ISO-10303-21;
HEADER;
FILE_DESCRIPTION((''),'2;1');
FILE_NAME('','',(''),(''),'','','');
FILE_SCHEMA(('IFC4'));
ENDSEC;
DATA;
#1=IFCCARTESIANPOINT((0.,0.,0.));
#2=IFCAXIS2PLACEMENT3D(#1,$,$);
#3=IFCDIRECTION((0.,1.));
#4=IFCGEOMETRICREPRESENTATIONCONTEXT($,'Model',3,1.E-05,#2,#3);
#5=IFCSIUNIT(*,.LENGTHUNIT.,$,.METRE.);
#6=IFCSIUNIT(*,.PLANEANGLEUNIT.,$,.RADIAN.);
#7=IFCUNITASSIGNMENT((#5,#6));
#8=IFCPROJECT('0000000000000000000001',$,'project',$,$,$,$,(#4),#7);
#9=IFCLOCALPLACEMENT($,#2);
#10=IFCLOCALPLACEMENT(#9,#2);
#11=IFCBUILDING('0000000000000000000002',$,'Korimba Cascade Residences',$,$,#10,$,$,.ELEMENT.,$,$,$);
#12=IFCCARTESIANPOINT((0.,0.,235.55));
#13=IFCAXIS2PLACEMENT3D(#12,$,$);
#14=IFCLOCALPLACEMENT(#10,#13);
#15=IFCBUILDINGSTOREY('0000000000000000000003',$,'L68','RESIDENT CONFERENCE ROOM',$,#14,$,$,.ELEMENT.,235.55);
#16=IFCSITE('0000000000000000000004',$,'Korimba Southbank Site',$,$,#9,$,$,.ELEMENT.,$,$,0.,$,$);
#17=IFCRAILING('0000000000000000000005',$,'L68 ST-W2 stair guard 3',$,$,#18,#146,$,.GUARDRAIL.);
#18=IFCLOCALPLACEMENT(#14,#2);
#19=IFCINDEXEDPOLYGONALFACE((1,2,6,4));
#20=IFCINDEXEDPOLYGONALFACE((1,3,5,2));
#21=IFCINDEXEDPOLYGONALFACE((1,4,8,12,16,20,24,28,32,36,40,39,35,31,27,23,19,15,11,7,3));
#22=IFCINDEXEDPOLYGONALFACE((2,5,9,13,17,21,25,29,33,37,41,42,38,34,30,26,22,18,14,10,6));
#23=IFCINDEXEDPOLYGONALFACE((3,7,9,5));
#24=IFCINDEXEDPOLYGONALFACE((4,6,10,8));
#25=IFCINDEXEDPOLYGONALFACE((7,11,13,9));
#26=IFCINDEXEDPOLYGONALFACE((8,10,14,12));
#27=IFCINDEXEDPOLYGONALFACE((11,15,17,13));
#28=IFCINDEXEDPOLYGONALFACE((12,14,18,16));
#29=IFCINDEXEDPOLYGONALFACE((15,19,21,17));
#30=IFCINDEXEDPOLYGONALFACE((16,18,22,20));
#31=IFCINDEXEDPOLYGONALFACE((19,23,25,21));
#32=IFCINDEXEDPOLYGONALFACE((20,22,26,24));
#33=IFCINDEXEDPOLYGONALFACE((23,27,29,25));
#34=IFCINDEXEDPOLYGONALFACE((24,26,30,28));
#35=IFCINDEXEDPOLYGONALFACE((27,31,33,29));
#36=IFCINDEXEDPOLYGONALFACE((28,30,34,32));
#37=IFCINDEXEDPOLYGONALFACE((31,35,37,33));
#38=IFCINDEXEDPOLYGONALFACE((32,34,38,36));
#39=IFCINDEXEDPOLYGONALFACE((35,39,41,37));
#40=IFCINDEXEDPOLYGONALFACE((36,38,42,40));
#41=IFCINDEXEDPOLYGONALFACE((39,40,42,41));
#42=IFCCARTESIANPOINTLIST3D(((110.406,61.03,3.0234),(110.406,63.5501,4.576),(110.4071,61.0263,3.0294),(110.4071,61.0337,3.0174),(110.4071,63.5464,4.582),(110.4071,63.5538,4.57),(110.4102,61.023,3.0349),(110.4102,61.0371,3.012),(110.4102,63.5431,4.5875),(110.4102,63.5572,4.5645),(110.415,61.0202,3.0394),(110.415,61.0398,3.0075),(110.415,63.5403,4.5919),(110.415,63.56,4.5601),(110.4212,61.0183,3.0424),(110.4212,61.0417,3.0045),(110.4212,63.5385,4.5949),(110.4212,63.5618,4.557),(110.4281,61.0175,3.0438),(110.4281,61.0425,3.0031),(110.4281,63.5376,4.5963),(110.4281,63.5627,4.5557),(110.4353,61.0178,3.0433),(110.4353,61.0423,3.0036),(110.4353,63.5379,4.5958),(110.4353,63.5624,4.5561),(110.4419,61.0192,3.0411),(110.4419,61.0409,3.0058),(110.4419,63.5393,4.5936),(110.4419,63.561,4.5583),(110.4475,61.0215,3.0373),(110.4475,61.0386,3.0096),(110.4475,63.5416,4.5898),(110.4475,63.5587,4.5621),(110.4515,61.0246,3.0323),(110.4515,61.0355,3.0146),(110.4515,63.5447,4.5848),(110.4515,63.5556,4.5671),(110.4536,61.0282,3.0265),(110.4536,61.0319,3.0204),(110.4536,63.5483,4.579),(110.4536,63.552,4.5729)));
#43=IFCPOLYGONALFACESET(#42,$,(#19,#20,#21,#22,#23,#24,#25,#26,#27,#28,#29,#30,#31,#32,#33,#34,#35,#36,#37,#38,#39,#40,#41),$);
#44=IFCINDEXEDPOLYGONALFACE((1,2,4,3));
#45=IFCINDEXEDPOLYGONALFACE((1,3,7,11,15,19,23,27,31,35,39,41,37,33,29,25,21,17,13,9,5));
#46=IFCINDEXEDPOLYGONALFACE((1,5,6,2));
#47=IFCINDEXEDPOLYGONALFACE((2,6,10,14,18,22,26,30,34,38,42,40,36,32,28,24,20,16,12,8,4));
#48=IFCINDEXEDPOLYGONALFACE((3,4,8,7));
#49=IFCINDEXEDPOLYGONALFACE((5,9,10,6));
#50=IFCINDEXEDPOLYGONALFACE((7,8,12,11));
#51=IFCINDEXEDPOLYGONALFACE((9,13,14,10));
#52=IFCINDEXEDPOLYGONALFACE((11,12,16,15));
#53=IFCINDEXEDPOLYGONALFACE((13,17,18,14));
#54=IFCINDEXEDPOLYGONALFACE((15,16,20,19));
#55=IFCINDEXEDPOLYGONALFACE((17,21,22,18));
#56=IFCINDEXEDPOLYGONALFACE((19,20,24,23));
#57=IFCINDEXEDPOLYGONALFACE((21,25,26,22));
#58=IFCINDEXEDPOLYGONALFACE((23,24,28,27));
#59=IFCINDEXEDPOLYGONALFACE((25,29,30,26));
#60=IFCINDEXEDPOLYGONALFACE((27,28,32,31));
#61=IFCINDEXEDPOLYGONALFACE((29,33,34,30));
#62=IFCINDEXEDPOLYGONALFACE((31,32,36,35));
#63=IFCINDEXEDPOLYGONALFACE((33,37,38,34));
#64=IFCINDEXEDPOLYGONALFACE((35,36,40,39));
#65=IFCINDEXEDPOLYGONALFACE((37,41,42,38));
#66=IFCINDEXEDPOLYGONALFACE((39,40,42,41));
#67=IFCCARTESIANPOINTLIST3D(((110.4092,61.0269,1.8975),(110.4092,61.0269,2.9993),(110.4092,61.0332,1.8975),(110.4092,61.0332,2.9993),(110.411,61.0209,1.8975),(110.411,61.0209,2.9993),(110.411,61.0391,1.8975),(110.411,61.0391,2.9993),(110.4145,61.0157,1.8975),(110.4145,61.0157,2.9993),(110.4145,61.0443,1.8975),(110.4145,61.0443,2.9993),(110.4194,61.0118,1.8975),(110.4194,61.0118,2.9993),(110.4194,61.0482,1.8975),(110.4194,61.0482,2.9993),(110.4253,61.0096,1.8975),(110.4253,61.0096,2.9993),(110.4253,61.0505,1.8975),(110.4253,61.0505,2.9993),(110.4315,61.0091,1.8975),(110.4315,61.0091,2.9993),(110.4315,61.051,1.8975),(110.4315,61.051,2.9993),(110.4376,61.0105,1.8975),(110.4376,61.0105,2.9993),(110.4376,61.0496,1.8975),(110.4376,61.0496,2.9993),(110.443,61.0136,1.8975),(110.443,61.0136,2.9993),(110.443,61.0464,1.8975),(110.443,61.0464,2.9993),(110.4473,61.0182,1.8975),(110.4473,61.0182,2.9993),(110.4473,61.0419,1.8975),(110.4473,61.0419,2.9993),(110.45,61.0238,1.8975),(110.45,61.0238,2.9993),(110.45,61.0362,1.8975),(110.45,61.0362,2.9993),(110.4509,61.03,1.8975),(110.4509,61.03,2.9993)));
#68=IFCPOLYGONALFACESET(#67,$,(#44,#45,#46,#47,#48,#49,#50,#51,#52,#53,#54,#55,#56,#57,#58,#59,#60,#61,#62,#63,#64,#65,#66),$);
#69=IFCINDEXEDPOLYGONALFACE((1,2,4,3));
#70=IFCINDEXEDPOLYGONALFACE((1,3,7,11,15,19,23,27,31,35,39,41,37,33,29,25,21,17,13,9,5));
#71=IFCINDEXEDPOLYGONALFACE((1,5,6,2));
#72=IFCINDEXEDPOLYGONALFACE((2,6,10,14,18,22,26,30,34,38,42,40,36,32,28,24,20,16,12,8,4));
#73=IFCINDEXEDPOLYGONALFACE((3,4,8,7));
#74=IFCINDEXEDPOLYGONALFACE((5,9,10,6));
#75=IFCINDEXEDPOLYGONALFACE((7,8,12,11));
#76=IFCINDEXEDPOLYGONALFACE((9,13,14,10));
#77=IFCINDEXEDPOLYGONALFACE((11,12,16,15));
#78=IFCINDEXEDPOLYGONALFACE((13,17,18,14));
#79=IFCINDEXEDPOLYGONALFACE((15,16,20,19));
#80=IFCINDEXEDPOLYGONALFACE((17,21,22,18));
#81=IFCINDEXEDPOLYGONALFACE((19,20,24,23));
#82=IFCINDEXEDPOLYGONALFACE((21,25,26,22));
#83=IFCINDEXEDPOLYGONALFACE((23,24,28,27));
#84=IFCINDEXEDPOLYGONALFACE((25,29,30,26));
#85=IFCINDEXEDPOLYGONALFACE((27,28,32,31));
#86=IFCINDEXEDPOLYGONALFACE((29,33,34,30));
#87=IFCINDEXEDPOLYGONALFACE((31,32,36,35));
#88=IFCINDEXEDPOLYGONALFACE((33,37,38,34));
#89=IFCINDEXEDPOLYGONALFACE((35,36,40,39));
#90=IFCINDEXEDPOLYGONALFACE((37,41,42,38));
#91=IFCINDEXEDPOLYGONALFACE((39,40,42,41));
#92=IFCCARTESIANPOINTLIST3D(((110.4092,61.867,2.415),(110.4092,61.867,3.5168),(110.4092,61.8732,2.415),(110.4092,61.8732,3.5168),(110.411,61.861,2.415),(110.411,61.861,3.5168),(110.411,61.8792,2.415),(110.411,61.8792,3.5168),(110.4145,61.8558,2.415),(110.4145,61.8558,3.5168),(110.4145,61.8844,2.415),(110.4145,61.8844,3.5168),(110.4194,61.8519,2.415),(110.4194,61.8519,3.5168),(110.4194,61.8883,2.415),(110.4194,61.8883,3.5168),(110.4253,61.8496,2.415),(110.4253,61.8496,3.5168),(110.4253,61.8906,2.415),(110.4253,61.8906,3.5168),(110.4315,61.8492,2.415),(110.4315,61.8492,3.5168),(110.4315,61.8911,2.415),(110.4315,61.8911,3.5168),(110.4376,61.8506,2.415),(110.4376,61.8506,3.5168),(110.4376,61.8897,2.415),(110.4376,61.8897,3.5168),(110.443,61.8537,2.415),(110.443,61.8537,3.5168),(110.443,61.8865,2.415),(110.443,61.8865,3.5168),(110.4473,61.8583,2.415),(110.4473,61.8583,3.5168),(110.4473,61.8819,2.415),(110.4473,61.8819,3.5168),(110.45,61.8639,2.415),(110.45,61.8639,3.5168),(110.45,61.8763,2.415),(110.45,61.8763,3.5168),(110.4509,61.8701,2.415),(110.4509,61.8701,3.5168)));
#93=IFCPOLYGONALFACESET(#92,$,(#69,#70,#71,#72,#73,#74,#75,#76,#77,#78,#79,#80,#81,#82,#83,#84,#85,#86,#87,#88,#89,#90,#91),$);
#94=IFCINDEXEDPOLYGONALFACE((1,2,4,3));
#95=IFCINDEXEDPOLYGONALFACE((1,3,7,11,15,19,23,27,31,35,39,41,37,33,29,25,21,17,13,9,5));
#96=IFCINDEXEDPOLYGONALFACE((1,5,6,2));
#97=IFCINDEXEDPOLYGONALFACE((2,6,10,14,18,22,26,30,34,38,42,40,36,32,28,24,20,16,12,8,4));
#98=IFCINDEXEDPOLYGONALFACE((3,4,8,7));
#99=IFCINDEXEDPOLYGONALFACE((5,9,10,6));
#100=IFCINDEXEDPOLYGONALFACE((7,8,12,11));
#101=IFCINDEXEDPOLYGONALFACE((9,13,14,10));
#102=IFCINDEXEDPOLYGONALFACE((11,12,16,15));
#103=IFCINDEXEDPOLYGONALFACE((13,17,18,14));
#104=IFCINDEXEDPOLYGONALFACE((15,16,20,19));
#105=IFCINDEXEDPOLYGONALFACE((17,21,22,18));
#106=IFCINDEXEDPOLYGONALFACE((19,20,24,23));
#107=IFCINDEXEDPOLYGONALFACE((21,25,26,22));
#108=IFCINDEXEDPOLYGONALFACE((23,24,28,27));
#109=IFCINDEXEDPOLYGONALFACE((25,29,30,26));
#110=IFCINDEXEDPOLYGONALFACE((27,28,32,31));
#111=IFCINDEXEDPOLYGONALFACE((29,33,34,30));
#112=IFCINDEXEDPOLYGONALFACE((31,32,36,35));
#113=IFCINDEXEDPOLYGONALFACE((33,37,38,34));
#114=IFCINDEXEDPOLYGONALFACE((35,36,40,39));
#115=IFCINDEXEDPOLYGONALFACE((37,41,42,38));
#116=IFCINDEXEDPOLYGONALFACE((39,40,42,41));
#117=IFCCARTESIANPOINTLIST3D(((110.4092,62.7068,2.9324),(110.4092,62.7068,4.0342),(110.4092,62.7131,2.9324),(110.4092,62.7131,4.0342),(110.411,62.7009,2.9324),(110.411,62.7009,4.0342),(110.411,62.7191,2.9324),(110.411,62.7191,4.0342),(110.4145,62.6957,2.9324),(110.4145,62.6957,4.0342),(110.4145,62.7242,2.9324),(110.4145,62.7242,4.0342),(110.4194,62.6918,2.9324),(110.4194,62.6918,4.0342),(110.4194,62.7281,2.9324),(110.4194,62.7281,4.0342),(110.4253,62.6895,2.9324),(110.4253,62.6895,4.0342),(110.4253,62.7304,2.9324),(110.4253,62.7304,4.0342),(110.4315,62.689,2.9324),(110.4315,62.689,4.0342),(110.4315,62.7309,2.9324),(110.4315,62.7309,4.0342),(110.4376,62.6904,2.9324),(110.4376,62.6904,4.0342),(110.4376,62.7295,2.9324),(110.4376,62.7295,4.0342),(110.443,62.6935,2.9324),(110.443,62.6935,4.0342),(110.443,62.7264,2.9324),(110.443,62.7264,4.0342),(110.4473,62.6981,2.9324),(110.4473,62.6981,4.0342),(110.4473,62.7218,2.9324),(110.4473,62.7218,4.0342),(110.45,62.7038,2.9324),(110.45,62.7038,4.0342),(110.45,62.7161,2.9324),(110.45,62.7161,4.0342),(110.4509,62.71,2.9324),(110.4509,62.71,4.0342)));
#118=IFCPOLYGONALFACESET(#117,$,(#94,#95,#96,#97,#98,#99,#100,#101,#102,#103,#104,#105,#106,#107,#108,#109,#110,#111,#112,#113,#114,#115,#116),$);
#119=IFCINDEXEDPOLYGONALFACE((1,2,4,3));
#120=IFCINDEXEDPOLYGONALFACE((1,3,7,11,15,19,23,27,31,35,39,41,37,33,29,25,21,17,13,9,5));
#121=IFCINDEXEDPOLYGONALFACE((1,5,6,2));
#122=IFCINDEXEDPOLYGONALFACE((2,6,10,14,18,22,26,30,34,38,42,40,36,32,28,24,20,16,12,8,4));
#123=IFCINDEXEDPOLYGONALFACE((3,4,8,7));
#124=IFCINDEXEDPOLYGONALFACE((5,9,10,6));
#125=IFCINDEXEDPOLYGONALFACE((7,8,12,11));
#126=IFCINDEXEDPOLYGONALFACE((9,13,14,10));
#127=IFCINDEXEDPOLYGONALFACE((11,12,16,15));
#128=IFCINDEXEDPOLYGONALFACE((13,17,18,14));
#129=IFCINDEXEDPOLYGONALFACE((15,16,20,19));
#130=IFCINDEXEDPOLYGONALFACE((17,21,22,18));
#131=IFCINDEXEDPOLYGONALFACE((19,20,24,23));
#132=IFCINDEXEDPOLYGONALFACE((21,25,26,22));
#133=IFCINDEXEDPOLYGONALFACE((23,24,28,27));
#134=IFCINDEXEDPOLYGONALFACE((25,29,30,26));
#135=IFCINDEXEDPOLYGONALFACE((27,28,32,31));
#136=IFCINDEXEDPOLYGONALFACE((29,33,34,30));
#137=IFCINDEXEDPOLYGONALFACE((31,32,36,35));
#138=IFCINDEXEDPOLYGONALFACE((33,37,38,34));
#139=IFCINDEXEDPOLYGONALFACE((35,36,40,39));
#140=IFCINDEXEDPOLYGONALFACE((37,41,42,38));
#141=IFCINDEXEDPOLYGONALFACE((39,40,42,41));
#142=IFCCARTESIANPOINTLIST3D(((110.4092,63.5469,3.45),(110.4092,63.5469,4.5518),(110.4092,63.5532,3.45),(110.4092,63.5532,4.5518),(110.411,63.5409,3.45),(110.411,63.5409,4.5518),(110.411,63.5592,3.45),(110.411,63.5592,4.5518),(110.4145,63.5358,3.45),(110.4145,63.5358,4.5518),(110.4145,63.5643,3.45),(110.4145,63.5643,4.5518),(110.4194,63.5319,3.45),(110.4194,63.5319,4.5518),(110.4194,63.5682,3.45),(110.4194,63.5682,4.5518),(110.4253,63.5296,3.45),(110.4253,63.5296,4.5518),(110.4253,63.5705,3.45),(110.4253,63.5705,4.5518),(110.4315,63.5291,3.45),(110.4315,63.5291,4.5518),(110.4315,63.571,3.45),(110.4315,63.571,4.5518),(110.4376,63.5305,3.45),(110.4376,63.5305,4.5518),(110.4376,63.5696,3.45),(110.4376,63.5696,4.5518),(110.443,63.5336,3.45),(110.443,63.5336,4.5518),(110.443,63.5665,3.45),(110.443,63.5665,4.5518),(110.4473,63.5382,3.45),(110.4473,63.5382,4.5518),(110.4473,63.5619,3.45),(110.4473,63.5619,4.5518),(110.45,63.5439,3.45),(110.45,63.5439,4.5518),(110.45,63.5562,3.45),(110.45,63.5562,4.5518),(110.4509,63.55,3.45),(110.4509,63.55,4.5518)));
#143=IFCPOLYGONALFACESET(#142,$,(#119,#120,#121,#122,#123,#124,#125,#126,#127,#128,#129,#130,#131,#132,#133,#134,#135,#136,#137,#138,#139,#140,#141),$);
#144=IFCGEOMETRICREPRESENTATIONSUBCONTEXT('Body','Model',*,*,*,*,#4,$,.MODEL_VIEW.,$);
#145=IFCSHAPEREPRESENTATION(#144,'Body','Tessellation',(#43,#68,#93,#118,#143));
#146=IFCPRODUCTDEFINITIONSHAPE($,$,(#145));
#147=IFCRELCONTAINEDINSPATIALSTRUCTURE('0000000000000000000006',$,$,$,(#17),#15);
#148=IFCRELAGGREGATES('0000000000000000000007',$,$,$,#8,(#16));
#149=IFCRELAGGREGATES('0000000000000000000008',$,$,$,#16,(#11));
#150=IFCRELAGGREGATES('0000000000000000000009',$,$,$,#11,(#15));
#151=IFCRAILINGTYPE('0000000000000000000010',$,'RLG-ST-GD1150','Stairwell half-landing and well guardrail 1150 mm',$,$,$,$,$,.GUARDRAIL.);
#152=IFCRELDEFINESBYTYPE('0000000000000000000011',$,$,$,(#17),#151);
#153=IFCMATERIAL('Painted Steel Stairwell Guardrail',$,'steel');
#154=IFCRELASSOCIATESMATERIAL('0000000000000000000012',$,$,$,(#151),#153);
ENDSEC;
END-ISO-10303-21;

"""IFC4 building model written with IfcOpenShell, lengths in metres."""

from ifc_helpers import new_model, si_unit, direction, frame, origin, origin_2d, place, context, subcontext, project, spatial, circle, extrude, material, type_object, element, save


model = new_model("IFC4")

# Units and contexts
model_context = context("Model", 3, precision=1e-05, world=origin(), true_north=direction((0.0, 1.0)))
body_context = subcontext(model_context, "Body", "Model", "MODEL_VIEW")
ifc_project = project(units=[si_unit("LENGTHUNIT", "METRE"), si_unit("PLANEANGLEUNIT", "RADIAN")], contexts=[model_context])

# Site, building, storey
site_placement = place(None, origin())
site = spatial("IfcSite", under=ifc_project, at=site_placement, Name="Korimba Southbank Site", CompositionType="ELEMENT", RefElevation=0.0)
building_placement = place(site_placement, origin())
building = spatial("IfcBuilding", under=site, at=building_placement, Name="Korimba Cascade Residences", CompositionType="ELEMENT")
storey_placement = place(building_placement, frame((0.0, 0.0, 235.55)))
storey = spatial("IfcBuildingStorey", under=building, at=storey_placement, Name="L68", Description="RESIDENT CONFERENCE ROOM", CompositionType="ELEMENT", Elevation=235.55)

# Railing
ifc_material_1 = material(Name="Painted Steel Stairwell Guardrail", Category="steel")
railing_type_1 = type_object("IfcRailingType", Name="RLG-ST-GD1150", Description="Stairwell half-landing and well guardrail 1150 mm", PredefinedType="GUARDRAIL", material=ifc_material_1)
railing_1_placement = place(storey_placement, frame((110.4299, 61.03, 1.8975)))
element("IfcRailing", 1, at=railing_1_placement, inside=storey, type_object=railing_type_1, Name="L68 ST-W2 stair guard 3", PredefinedType="GUARDRAIL", context=body_context, shape_type="SweptSolid", body=[
    extrude(circle(Radius=0.0239, at=origin_2d()), frame((0.0, 0.0, 1.126), z_axis=(0.0, 0.8514, 0.524516), x_axis=(-1.0, 0.0, 0.0)), (0.0, 0.0, 1.0), 2.96),
    extrude(circle(Radius=0.021, at=origin_2d()), origin(), (0.0, 0.0, 1.0), 1.1018),
    extrude(circle(Radius=0.021, at=origin_2d()), frame((0.0, 0.8401, 0.5176)), (0.0, 0.0, 1.0), 1.1018),
    extrude(circle(Radius=0.021, at=origin_2d()), frame((0.0, 1.6799, 1.0349)), (0.0, 0.0, 1.0), 1.1018),
    extrude(circle(Radius=0.021, at=origin_2d()), frame((0.0, 2.52, 1.5525)), (0.0, 0.0, 1.0), 1.1018),
])

save(model, "model.ifc")
